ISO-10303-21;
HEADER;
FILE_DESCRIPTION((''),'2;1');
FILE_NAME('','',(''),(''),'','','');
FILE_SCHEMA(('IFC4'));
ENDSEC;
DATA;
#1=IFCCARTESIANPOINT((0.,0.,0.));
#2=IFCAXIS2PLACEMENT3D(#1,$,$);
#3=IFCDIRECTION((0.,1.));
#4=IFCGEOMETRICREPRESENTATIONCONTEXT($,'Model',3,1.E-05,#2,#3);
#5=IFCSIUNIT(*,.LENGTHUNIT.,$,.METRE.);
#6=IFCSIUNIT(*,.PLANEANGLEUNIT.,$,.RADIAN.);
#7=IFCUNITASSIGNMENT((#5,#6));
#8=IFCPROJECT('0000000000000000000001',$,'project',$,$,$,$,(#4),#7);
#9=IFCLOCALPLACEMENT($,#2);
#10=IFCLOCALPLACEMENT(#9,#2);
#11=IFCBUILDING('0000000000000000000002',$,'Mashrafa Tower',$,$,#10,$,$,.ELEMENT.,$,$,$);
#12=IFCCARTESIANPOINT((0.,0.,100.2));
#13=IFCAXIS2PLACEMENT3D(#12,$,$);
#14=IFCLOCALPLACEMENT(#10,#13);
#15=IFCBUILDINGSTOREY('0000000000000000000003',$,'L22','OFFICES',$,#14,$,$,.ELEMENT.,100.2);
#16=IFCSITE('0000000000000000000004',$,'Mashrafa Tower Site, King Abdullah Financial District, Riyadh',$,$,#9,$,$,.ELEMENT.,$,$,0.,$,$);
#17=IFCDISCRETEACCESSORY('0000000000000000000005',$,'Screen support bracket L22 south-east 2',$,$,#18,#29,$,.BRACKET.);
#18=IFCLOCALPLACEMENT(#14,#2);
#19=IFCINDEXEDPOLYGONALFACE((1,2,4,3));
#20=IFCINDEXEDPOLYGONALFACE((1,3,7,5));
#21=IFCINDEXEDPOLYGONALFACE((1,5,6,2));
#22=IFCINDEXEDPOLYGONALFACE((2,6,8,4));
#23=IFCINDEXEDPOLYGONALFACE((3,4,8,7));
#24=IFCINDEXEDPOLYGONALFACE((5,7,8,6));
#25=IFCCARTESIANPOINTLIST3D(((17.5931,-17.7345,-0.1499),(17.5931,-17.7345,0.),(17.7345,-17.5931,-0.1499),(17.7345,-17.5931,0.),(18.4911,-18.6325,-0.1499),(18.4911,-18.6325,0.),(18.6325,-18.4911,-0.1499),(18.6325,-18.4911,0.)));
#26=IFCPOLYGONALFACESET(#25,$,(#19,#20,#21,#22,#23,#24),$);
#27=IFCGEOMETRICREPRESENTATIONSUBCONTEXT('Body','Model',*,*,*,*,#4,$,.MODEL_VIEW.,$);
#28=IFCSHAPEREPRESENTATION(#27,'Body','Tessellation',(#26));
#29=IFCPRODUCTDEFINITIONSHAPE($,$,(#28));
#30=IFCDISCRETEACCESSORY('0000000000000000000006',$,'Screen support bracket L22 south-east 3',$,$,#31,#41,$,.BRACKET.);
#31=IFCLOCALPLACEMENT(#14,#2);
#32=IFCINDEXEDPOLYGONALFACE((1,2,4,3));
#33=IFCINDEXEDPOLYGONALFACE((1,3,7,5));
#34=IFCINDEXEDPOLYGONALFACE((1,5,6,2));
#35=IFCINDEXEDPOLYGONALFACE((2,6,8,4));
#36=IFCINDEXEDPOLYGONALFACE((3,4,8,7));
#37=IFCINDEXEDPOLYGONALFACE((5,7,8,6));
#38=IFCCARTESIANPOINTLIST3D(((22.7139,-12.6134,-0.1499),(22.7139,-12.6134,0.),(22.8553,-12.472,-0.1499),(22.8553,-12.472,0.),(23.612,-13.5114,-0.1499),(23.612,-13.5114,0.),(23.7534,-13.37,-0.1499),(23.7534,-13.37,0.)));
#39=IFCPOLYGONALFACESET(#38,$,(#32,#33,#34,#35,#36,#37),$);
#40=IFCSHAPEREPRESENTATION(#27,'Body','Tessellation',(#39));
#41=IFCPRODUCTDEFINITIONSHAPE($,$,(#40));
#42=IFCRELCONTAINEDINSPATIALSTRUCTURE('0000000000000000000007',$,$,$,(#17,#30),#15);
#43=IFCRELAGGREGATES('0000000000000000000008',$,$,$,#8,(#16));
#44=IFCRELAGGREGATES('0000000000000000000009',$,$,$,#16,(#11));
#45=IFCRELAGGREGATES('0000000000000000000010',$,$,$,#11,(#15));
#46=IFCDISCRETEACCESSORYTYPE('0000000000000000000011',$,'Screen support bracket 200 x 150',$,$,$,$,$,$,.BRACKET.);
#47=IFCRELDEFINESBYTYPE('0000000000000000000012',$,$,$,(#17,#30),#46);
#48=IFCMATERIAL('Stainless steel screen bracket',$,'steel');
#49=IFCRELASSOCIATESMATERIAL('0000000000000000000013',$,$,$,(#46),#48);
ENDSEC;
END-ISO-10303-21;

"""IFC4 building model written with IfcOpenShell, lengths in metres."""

from ifc_helpers import new_model, si_unit, direction, frame, origin, origin_2d, place, context, subcontext, project, spatial, rectangle, extrude, source, transform, mapped, material, type_object, type_shapes, element, save


model = new_model("IFC4")

# Units and contexts
model_context = context("Model", 3, precision=1e-05, world=origin(), true_north=direction((0.0, 1.0)))
body_context = subcontext(model_context, "Body", "Model", "MODEL_VIEW")
ifc_project = project(units=[si_unit("LENGTHUNIT", "METRE"), si_unit("PLANEANGLEUNIT", "RADIAN")], contexts=[model_context])

# Site, building, storey
site_placement = place(None, origin())
site = spatial("IfcSite", under=ifc_project, at=site_placement, Name="Mashrafa Tower Site, King Abdullah Financial District, Riyadh", CompositionType="ELEMENT", RefElevation=0.0)
building_placement = place(site_placement, origin())
building = spatial("IfcBuilding", under=site, at=building_placement, Name="Mashrafa Tower", CompositionType="ELEMENT")
storey_placement = place(building_placement, frame((0.0, 0.0, 100.2)))
storey = spatial("IfcBuildingStorey", under=building, at=storey_placement, Name="L22", Description="OFFICES", CompositionType="ELEMENT", Elevation=100.2)

# Discrete accessories
ifc_material_1 = material(Name="Stainless steel screen bracket", Category="steel")
discrete_accessory_type = type_object("IfcDiscreteAccessoryType", Name="Screen support bracket 200 x 150", PredefinedType="BRACKET", material=ifc_material_1)
shared_shape_1 = source(origin(), body_context, "Body", "SweptSolid", [
    extrude(rectangle(XDim=0.2, YDim=1.27, at=origin_2d()), origin(), (0.0, 0.0, 1.0), 0.1499),
])
type_shapes(discrete_accessory_type, [shared_shape_1])
for number, where, z_axis, x_axis, name in (
    (1, (18.1128, -18.1128, -0.1499), (0.0, 0.0, 1.0), (0.707107, 0.707107, 0.0), "Screen support bracket L22 south-east 2"),
    (2, (23.2336, -12.9917, -0.1499), (0.0, 0.0, 1.0), (0.707107, 0.707107, 0.0), "Screen support bracket L22 south-east 3"),
):
    element("IfcDiscreteAccessory", number, at=place(storey_placement, frame(where, z_axis=z_axis, x_axis=x_axis)), inside=storey, type_object=discrete_accessory_type, Name=name, PredefinedType="BRACKET", context=body_context, shape_type="MappedRepresentation", body=[
        mapped(shared_shape_1, transform((0.0, 0.0, 0.0))),
    ])

save(model, "model.ifc")
